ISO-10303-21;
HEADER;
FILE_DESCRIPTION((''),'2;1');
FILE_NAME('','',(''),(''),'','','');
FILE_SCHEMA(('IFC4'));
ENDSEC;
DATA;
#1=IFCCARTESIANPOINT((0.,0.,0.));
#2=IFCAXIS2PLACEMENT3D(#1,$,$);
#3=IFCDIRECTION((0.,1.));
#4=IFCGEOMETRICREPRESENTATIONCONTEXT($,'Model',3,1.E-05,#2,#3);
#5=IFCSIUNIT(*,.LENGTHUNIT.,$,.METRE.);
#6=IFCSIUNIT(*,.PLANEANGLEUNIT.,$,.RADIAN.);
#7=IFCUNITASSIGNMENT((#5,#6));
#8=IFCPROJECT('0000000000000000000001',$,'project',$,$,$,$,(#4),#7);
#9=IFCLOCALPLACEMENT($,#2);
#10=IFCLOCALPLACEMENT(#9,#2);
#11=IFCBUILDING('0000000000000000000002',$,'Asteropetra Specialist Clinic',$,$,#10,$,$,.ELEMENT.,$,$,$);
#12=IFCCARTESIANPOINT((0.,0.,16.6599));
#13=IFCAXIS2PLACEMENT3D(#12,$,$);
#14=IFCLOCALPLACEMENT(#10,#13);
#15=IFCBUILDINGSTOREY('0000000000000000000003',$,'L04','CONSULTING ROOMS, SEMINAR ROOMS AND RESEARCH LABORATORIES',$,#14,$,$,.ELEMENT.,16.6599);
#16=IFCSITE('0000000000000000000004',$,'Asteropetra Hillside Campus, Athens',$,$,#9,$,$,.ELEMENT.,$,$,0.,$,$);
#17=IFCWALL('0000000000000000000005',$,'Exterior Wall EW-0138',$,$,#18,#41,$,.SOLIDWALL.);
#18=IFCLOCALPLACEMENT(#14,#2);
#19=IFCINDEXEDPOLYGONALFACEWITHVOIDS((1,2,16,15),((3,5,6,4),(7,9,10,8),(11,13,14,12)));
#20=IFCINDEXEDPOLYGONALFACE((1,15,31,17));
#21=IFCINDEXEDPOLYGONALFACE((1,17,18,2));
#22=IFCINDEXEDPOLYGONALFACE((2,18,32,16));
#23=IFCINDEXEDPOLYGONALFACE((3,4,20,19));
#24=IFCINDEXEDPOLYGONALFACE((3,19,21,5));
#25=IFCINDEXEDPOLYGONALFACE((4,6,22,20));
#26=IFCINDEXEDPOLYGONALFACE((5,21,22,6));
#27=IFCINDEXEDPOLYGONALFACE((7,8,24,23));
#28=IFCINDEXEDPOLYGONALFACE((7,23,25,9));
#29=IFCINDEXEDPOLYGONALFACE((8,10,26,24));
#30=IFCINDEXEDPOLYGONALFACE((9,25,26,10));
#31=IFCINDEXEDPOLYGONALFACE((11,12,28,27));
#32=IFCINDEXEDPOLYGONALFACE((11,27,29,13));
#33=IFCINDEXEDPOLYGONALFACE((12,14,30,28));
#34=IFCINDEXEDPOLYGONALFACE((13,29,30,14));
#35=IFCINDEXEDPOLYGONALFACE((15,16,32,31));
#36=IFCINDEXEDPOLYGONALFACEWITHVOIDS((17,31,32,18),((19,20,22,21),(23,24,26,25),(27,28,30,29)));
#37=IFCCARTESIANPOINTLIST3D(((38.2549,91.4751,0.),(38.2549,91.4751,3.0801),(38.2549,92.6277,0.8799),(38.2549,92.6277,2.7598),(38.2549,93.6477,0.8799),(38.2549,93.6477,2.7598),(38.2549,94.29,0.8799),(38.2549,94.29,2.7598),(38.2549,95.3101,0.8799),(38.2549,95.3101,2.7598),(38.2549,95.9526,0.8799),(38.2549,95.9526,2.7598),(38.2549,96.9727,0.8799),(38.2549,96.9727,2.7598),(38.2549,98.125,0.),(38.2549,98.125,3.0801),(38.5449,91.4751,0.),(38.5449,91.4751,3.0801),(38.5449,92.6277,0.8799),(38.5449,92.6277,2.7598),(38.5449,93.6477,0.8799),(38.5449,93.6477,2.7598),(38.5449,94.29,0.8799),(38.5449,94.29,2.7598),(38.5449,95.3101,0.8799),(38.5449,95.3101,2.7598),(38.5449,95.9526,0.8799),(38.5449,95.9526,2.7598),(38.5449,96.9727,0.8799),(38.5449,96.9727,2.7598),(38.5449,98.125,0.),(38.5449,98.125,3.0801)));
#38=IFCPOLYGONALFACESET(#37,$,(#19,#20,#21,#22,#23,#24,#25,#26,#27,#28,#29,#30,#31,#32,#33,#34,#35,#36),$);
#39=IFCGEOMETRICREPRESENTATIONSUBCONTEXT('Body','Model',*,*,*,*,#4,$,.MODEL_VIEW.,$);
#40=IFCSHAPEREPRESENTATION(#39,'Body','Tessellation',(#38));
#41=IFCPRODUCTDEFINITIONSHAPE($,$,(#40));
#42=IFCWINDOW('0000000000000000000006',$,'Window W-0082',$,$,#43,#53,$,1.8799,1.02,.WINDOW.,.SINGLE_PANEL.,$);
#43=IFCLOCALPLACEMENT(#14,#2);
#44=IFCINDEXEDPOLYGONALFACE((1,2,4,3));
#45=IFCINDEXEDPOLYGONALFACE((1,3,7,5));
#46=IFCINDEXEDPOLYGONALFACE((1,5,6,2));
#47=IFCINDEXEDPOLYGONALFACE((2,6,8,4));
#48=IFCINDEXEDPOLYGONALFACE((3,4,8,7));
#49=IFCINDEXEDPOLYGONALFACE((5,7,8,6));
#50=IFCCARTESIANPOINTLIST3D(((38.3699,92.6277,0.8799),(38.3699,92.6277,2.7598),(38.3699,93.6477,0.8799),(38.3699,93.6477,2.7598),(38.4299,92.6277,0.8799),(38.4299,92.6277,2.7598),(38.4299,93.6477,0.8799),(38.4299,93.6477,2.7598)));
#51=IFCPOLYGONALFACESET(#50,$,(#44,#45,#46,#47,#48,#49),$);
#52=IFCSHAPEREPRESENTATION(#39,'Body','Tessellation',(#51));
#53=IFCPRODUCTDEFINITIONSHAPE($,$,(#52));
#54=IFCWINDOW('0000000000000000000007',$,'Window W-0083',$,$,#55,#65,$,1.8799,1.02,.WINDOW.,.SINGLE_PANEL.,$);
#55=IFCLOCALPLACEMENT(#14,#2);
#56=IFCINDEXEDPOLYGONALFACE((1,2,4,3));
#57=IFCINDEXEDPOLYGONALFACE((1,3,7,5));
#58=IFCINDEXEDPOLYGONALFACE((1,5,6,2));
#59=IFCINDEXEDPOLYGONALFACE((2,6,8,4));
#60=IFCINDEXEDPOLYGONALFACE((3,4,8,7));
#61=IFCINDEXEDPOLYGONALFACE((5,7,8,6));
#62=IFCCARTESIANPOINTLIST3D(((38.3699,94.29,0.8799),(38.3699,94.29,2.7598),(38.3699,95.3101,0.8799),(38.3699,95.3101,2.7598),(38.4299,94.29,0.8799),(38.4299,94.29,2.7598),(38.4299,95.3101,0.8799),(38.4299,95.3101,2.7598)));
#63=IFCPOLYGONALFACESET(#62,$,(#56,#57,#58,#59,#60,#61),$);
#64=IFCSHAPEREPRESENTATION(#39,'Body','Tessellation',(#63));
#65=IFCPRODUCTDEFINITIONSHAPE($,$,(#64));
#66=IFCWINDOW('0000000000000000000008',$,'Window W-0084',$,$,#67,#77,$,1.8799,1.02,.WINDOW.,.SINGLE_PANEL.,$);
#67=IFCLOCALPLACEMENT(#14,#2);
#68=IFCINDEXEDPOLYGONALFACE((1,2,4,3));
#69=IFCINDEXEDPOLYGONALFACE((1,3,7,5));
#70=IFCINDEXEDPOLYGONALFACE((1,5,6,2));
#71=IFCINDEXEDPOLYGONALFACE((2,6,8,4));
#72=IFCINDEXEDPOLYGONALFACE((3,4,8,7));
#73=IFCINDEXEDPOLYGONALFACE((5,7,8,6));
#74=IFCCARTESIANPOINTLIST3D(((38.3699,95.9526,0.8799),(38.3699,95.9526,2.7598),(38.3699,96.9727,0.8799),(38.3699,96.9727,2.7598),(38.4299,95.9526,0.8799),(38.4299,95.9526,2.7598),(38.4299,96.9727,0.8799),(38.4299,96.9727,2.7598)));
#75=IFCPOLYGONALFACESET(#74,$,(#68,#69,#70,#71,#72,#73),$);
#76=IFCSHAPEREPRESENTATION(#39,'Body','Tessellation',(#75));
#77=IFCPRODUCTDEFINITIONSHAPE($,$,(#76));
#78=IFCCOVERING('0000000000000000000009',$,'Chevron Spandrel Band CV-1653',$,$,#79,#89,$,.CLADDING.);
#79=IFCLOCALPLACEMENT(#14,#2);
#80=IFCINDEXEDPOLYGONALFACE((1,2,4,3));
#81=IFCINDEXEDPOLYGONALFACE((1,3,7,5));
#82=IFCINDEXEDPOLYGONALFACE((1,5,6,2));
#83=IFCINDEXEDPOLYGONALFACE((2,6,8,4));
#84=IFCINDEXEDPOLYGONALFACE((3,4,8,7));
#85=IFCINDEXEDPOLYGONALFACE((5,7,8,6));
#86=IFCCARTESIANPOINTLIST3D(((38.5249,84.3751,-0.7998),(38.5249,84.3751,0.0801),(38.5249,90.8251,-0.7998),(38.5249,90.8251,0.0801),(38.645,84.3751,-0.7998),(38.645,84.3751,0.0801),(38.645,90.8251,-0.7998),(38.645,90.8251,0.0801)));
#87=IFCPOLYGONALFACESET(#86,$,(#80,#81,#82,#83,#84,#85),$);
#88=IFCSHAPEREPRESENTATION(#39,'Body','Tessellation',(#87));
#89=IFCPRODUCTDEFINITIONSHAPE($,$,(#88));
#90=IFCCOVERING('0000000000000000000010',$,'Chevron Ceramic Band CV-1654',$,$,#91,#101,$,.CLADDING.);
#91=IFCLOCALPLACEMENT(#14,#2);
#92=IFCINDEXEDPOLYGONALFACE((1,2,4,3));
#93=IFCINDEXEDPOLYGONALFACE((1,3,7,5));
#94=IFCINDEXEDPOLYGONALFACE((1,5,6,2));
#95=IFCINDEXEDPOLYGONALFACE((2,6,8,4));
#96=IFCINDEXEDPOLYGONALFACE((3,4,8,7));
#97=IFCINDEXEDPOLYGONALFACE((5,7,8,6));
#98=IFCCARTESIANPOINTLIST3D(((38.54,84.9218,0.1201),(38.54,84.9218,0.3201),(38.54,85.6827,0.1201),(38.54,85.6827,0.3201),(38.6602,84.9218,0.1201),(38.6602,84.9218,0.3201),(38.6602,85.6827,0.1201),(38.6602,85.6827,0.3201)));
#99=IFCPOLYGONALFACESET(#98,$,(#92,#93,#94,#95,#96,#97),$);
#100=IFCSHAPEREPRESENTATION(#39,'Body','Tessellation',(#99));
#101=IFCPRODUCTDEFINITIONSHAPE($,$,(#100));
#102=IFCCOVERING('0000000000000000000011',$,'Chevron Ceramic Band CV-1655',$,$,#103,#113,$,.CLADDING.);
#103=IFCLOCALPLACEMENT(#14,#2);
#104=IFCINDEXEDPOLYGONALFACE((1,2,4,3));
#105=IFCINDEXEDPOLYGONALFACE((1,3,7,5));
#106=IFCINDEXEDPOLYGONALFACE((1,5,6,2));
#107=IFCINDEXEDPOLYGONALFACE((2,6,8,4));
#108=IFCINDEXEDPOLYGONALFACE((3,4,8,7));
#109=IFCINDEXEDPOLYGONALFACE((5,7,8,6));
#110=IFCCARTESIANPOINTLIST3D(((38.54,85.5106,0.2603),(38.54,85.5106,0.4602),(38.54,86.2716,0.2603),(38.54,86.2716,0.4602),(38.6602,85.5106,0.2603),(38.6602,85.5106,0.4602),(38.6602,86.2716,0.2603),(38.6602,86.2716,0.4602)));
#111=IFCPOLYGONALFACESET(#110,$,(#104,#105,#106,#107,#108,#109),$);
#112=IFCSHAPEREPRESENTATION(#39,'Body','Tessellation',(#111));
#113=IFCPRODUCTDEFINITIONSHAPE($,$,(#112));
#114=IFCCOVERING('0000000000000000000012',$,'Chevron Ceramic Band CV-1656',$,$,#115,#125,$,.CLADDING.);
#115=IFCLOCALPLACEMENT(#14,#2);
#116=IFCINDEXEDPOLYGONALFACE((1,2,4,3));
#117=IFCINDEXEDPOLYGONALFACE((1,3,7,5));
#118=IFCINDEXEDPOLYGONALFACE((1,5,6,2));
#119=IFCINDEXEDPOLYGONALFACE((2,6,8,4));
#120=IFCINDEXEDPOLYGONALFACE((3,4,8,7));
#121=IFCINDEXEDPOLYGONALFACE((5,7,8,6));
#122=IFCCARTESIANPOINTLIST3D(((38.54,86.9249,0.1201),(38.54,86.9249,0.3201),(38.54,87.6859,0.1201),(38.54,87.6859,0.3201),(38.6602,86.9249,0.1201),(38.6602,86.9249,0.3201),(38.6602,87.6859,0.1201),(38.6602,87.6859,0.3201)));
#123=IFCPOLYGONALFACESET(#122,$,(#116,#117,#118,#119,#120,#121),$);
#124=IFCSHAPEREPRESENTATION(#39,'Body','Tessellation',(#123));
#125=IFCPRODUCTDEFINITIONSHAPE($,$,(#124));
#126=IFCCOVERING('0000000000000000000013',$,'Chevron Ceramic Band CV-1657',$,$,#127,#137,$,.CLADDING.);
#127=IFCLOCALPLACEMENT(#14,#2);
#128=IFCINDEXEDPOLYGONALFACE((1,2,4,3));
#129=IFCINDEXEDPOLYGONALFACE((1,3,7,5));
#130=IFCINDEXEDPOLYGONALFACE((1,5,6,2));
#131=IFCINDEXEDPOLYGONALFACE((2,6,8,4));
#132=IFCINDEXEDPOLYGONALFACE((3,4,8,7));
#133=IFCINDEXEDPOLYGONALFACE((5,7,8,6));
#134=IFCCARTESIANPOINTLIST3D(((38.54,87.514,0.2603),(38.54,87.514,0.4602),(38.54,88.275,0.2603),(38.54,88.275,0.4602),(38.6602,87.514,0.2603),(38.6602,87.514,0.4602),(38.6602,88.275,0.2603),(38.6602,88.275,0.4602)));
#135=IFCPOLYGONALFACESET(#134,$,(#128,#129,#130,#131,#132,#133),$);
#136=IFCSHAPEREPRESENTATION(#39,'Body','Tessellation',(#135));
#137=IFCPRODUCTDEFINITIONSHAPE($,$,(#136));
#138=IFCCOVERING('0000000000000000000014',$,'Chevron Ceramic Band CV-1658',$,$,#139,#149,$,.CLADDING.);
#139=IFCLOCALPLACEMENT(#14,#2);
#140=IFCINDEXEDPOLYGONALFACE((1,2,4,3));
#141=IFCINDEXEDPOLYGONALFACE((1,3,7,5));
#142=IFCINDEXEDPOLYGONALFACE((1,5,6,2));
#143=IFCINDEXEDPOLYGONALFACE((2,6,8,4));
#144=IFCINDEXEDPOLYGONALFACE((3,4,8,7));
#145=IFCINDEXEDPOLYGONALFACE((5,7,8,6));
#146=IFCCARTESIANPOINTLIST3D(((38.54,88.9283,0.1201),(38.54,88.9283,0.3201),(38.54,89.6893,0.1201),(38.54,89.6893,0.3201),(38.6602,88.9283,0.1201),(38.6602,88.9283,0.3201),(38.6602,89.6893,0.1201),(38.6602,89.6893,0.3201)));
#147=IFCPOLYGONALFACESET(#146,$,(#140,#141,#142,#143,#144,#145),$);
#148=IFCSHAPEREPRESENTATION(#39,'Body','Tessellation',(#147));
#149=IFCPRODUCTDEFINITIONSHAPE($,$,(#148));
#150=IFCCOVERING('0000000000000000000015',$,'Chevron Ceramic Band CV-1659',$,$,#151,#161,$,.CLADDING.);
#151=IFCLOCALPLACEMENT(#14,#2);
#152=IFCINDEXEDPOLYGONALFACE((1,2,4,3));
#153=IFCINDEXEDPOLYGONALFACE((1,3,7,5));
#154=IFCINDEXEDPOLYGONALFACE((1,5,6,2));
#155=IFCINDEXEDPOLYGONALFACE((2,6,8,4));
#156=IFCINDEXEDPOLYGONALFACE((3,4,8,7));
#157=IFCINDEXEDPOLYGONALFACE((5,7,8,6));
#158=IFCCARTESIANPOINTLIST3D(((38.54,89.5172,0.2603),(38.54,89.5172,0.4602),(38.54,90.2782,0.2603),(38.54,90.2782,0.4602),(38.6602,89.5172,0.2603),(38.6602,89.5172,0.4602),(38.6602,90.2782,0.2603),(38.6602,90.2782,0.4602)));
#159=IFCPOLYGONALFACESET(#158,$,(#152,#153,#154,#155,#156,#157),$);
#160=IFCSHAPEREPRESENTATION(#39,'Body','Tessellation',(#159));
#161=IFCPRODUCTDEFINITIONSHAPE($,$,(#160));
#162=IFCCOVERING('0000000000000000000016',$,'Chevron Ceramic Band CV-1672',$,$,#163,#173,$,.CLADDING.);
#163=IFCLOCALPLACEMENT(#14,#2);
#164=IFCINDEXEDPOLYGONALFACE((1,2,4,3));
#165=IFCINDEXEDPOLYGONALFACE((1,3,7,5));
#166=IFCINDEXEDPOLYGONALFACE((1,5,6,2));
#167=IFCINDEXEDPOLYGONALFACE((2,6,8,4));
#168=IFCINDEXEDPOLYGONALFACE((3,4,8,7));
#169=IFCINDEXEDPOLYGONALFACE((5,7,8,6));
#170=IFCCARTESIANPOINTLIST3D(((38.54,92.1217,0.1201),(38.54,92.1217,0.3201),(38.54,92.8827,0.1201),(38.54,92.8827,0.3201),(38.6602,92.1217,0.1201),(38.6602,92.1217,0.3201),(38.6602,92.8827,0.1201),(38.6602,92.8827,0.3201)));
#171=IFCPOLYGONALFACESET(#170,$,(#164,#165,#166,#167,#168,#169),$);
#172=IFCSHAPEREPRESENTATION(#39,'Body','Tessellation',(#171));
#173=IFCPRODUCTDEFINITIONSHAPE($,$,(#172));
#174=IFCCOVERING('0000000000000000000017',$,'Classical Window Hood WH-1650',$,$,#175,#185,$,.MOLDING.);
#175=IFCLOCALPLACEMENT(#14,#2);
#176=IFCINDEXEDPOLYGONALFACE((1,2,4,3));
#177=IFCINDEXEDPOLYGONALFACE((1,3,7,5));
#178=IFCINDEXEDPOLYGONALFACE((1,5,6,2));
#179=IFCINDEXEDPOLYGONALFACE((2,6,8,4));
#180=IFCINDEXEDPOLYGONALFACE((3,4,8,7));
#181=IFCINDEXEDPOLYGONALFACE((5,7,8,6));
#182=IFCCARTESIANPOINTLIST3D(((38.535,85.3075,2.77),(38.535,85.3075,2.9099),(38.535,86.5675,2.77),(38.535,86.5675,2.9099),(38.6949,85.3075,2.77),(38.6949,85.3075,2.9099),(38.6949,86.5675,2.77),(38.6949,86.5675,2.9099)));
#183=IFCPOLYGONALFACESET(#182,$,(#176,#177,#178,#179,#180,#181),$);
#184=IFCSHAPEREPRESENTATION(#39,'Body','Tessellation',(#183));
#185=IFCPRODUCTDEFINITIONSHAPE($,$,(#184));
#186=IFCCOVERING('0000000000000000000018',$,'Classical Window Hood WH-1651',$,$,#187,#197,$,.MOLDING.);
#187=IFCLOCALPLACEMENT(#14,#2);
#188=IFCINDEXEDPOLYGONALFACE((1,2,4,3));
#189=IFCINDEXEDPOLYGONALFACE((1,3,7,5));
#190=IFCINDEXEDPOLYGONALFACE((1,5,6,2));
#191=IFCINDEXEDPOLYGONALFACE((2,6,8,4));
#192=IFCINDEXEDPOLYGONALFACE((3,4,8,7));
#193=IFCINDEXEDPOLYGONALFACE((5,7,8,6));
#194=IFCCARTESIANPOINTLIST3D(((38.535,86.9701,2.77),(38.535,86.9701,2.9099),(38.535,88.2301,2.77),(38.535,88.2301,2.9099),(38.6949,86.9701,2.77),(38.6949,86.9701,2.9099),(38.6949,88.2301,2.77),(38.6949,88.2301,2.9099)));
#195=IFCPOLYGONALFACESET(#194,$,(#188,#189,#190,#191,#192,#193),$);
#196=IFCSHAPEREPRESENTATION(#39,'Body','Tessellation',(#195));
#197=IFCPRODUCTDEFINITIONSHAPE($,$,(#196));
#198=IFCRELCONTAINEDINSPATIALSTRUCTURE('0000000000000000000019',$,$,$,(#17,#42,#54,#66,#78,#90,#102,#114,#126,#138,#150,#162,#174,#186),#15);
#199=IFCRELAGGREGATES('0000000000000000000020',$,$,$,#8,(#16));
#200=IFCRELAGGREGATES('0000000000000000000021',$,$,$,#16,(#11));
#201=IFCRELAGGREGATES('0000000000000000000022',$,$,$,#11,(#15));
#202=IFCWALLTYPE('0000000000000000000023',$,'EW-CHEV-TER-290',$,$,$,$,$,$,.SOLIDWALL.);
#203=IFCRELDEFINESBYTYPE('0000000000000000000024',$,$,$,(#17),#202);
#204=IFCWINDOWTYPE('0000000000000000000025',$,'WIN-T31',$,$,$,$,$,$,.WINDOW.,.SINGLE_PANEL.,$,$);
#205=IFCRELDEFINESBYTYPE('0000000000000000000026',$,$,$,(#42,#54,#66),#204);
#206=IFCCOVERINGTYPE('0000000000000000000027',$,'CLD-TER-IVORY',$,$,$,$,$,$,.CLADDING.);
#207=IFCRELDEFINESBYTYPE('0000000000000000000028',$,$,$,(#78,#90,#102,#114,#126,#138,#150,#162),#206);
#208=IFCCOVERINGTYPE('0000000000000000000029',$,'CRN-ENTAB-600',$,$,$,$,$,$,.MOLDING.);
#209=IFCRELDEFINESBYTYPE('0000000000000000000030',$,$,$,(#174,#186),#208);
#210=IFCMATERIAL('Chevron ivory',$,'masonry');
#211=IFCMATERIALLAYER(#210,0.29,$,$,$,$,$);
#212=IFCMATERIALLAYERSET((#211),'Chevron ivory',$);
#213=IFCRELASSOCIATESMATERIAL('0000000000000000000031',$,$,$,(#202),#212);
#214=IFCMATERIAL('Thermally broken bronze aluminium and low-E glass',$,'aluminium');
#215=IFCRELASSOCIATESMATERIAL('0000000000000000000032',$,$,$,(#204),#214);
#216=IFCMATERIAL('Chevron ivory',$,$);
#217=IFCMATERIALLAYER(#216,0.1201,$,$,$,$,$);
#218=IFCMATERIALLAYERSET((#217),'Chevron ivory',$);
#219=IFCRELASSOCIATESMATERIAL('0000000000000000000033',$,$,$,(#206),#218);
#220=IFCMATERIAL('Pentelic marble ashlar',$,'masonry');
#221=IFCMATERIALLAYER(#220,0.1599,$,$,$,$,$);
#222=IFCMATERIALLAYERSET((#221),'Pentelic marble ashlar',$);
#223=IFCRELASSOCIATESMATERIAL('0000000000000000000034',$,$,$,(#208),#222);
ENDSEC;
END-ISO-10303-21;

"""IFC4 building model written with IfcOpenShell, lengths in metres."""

from ifc_helpers import new_model, si_unit, direction, frame, frame_2d, origin, origin_2d, place, context, subcontext, project, spatial, rectangle, extrude, material, layer, layer_set, type_object, element, fill, save


model = new_model("IFC4")

# Units and contexts
model_context = context("Model", 3, precision=1e-05, world=origin(), true_north=direction((0.0, 1.0)))
body_context = subcontext(model_context, "Body", "Model", "MODEL_VIEW")
ifc_project = project(units=[si_unit("LENGTHUNIT", "METRE"), si_unit("PLANEANGLEUNIT", "RADIAN")], contexts=[model_context])

# Site, building, storey
site_placement = place(None, origin())
site = spatial("IfcSite", under=ifc_project, at=site_placement, Name="Asteropetra Hillside Campus, Athens", CompositionType="ELEMENT", RefElevation=0.0)
building_placement = place(site_placement, origin())
building = spatial("IfcBuilding", under=site, at=building_placement, Name="Asteropetra Specialist Clinic", CompositionType="ELEMENT")
storey_placement = place(building_placement, frame((0.0, 0.0, 16.6599)))
storey = spatial("IfcBuildingStorey", under=building, at=storey_placement, Name="L04", Description="CONSULTING ROOMS, SEMINAR ROOMS AND RESEARCH LABORATORIES", CompositionType="ELEMENT", Elevation=16.6599)

# Wall, openings, windows
ifc_material_1 = material(Name="Chevron ivory", Category="masonry")
ifc_layer_1 = layer(ifc_material_1, 0.29)
ifc_layer_set_1 = layer_set([ifc_layer_1], Name="Chevron ivory")
wall_type = type_object("IfcWallType", Name="EW-CHEV-TER-290", PredefinedType="SOLIDWALL", material=ifc_layer_set_1)
wall_placement = place(storey_placement, frame((38.3999, 91.4751, 0.0), z_axis=(0.0, 0.0, 1.0), x_axis=(0.0, 1.0, 0.0)))
wall = element("IfcWall", 1, at=wall_placement, inside=storey, type_object=wall_type, Name="Exterior Wall EW-0138", PredefinedType="SOLIDWALL", context=body_context, shape_type="SweptSolid", body=[
    extrude(rectangle(XDim=6.6499, YDim=0.29, at=frame_2d((3.325, 0.0))), origin(), (0.0, 0.0, 1.0), 3.0801),
])
opening_1_placement = place(wall_placement, frame((1.1526, 0.0, 0.8799)))
opening_1 = element("IfcOpeningElement", 2, at=opening_1_placement, cuts=wall, PredefinedType="OPENING", context=body_context, shape_type="SweptSolid", body=[
    extrude(rectangle(XDim=1.02, YDim=1.8799, at=frame_2d((0.51, 0.9399))), frame((0.0, 0.155, 0.0), z_axis=(0.0, -1.0, 0.0), x_axis=(1.0, 0.0, 0.0)), (0.0, 0.0, 1.0), 0.3101),
])
opening_2_placement = place(wall_placement, frame((2.8149, 0.0, 0.8799)))
opening_2 = element("IfcOpeningElement", 3, at=opening_2_placement, cuts=wall, PredefinedType="OPENING", context=body_context, shape_type="SweptSolid", body=[
    extrude(rectangle(XDim=1.02, YDim=1.8799, at=frame_2d((0.51, 0.9399))), frame((0.0, 0.155, 0.0), z_axis=(0.0, -1.0, 0.0), x_axis=(1.0, 0.0, 0.0)), (0.0, 0.0, 1.0), 0.3101),
])
opening_3_placement = place(wall_placement, frame((4.4775, 0.0, 0.8799)))
opening_3 = element("IfcOpeningElement", 4, at=opening_3_placement, cuts=wall, PredefinedType="OPENING", context=body_context, shape_type="SweptSolid", body=[
    extrude(rectangle(XDim=1.02, YDim=1.8799, at=frame_2d((0.51, 0.9399))), frame((0.0, 0.155, 0.0), z_axis=(0.0, -1.0, 0.0), x_axis=(1.0, 0.0, 0.0)), (0.0, 0.0, 1.0), 0.3101),
])
ifc_material_2 = material(Name="Thermally broken bronze aluminium and low-E glass", Category="aluminium")
window_type = type_object("IfcWindowType", Name="WIN-T31", PartitioningType="SINGLE_PANEL", PredefinedType="WINDOW", material=ifc_material_2)
window_1_placement = place(opening_1_placement, origin())
window_1 = element("IfcWindow", 5, at=window_1_placement, inside=storey, type_object=window_type, Name="Window W-0082", OverallHeight=1.8799, OverallWidth=1.02, PartitioningType="SINGLE_PANEL", PredefinedType="WINDOW", context=body_context, shape_type="SweptSolid", body=[
    extrude(rectangle(XDim=1.02, YDim=1.8799, at=frame_2d((0.51, 0.9399))), frame((0.0, 0.03, 0.0), z_axis=(0.0, -1.0, 0.0), x_axis=(1.0, 0.0, 0.0)), (0.0, 0.0, 1.0), 0.0601),
])
fill(opening_1, window_1)
window_2_placement = place(opening_2_placement, origin())
window_2 = element("IfcWindow", 6, at=window_2_placement, inside=storey, type_object=window_type, Name="Window W-0083", OverallHeight=1.8799, OverallWidth=1.02, PartitioningType="SINGLE_PANEL", PredefinedType="WINDOW", context=body_context, shape_type="SweptSolid", body=[
    extrude(rectangle(XDim=1.02, YDim=1.8799, at=frame_2d((0.51, 0.9399))), frame((0.0, 0.03, 0.0), z_axis=(0.0, -1.0, 0.0), x_axis=(1.0, 0.0, 0.0)), (0.0, 0.0, 1.0), 0.0601),
])
fill(opening_2, window_2)
window_3_placement = place(opening_3_placement, origin())
window_3 = element("IfcWindow", 7, at=window_3_placement, inside=storey, type_object=window_type, Name="Window W-0084", OverallHeight=1.8799, OverallWidth=1.02, PartitioningType="SINGLE_PANEL", PredefinedType="WINDOW", context=body_context, shape_type="SweptSolid", body=[
    extrude(rectangle(XDim=1.02, YDim=1.8799, at=frame_2d((0.51, 0.9399))), frame((0.0, 0.03, 0.0), z_axis=(0.0, -1.0, 0.0), x_axis=(1.0, 0.0, 0.0)), (0.0, 0.0, 1.0), 0.0601),
])
fill(opening_3, window_3)

# Coverings
ifc_material_3 = material(Name="Chevron ivory")
ifc_layer_2 = layer(ifc_material_3, 0.1201)
ifc_layer_set_2 = layer_set([ifc_layer_2], Name="Chevron ivory")
covering_type_1 = type_object("IfcCoveringType", Name="CLD-TER-IVORY", PredefinedType="CLADDING", material=ifc_layer_set_2)
covering_placement = place(storey_placement, frame((38.585, 87.6001, -0.7998), z_axis=(0.0, 0.0, 1.0), x_axis=(1.0, 0.0, 0.0)))
element("IfcCovering", 8, at=covering_placement, inside=storey, type_object=covering_type_1, Name="Chevron Spandrel Band CV-1653", PredefinedType="CLADDING", context=body_context, shape_type="SweptSolid", body=[
    extrude(rectangle(XDim=0.1201, YDim=6.45, at=origin_2d()), origin(), (0.0, 0.0, 1.0), 0.8799),
])
for number, where, z_axis, x_axis, name in (
    (9, (38.6001, 85.3022, 0.1201), (0.0, 0.0, 1.0), (1.0, 0.0, 0.0), "Chevron Ceramic Band CV-1654"),
    (10, (38.6001, 85.8911, 0.2603), (0.0, 0.0, 1.0), (1.0, 0.0, 0.0), "Chevron Ceramic Band CV-1655"),
    (11, (38.6001, 87.3054, 0.1201), (0.0, 0.0, 1.0), (1.0, 0.0, 0.0), "Chevron Ceramic Band CV-1656"),
    (12, (38.6001, 87.8945, 0.2603), (0.0, 0.0, 1.0), (1.0, 0.0, 0.0), "Chevron Ceramic Band CV-1657"),
    (13, (38.6001, 89.3088, 0.1201), (0.0, 0.0, 1.0), (1.0, 0.0, 0.0), "Chevron Ceramic Band CV-1658"),
    (14, (38.6001, 89.8977, 0.2603), (0.0, 0.0, 1.0), (1.0, 0.0, 0.0), "Chevron Ceramic Band CV-1659"),
    (15, (38.6001, 92.5022, 0.1201), (0.0, 0.0, 1.0), (1.0, 0.0, 0.0), "Chevron Ceramic Band CV-1672"),
):
    element("IfcCovering", number, at=place(storey_placement, frame(where, z_axis=z_axis, x_axis=x_axis)), inside=storey, type_object=covering_type_1, Name=name, PredefinedType="CLADDING", context=body_context, shape_type="SweptSolid", body=[
        extrude(rectangle(XDim=0.1201, YDim=0.761, at=origin_2d()), origin(), (0.0, 0.0, 1.0), 0.2),
    ])
ifc_material_4 = material(Name="Pentelic marble ashlar", Category="masonry")
ifc_layer_3 = layer(ifc_material_4, 0.1599)
ifc_layer_set_3 = layer_set([ifc_layer_3], Name="Pentelic marble ashlar")
covering_type_2 = type_object("IfcCoveringType", Name="CRN-ENTAB-600", PredefinedType="MOLDING", material=ifc_layer_set_3)
for number, where, z_axis, x_axis, name in (
    (16, (38.615, 85.9375, 2.77), (0.0, 0.0, 1.0), (1.0, 0.0, 0.0), "Classical Window Hood WH-1650"),
    (17, (38.615, 87.6001, 2.77), (0.0, 0.0, 1.0), (1.0, 0.0, 0.0), "Classical Window Hood WH-1651"),
):
    element("IfcCovering", number, at=place(storey_placement, frame(where, z_axis=z_axis, x_axis=x_axis)), inside=storey, type_object=covering_type_2, Name=name, PredefinedType="MOLDING", context=body_context, shape_type="SweptSolid", body=[
        extrude(rectangle(XDim=0.1599, YDim=1.26, at=origin_2d()), origin(), (0.0, 0.0, 1.0), 0.1399),
    ])

save(model, "model.ifc")
